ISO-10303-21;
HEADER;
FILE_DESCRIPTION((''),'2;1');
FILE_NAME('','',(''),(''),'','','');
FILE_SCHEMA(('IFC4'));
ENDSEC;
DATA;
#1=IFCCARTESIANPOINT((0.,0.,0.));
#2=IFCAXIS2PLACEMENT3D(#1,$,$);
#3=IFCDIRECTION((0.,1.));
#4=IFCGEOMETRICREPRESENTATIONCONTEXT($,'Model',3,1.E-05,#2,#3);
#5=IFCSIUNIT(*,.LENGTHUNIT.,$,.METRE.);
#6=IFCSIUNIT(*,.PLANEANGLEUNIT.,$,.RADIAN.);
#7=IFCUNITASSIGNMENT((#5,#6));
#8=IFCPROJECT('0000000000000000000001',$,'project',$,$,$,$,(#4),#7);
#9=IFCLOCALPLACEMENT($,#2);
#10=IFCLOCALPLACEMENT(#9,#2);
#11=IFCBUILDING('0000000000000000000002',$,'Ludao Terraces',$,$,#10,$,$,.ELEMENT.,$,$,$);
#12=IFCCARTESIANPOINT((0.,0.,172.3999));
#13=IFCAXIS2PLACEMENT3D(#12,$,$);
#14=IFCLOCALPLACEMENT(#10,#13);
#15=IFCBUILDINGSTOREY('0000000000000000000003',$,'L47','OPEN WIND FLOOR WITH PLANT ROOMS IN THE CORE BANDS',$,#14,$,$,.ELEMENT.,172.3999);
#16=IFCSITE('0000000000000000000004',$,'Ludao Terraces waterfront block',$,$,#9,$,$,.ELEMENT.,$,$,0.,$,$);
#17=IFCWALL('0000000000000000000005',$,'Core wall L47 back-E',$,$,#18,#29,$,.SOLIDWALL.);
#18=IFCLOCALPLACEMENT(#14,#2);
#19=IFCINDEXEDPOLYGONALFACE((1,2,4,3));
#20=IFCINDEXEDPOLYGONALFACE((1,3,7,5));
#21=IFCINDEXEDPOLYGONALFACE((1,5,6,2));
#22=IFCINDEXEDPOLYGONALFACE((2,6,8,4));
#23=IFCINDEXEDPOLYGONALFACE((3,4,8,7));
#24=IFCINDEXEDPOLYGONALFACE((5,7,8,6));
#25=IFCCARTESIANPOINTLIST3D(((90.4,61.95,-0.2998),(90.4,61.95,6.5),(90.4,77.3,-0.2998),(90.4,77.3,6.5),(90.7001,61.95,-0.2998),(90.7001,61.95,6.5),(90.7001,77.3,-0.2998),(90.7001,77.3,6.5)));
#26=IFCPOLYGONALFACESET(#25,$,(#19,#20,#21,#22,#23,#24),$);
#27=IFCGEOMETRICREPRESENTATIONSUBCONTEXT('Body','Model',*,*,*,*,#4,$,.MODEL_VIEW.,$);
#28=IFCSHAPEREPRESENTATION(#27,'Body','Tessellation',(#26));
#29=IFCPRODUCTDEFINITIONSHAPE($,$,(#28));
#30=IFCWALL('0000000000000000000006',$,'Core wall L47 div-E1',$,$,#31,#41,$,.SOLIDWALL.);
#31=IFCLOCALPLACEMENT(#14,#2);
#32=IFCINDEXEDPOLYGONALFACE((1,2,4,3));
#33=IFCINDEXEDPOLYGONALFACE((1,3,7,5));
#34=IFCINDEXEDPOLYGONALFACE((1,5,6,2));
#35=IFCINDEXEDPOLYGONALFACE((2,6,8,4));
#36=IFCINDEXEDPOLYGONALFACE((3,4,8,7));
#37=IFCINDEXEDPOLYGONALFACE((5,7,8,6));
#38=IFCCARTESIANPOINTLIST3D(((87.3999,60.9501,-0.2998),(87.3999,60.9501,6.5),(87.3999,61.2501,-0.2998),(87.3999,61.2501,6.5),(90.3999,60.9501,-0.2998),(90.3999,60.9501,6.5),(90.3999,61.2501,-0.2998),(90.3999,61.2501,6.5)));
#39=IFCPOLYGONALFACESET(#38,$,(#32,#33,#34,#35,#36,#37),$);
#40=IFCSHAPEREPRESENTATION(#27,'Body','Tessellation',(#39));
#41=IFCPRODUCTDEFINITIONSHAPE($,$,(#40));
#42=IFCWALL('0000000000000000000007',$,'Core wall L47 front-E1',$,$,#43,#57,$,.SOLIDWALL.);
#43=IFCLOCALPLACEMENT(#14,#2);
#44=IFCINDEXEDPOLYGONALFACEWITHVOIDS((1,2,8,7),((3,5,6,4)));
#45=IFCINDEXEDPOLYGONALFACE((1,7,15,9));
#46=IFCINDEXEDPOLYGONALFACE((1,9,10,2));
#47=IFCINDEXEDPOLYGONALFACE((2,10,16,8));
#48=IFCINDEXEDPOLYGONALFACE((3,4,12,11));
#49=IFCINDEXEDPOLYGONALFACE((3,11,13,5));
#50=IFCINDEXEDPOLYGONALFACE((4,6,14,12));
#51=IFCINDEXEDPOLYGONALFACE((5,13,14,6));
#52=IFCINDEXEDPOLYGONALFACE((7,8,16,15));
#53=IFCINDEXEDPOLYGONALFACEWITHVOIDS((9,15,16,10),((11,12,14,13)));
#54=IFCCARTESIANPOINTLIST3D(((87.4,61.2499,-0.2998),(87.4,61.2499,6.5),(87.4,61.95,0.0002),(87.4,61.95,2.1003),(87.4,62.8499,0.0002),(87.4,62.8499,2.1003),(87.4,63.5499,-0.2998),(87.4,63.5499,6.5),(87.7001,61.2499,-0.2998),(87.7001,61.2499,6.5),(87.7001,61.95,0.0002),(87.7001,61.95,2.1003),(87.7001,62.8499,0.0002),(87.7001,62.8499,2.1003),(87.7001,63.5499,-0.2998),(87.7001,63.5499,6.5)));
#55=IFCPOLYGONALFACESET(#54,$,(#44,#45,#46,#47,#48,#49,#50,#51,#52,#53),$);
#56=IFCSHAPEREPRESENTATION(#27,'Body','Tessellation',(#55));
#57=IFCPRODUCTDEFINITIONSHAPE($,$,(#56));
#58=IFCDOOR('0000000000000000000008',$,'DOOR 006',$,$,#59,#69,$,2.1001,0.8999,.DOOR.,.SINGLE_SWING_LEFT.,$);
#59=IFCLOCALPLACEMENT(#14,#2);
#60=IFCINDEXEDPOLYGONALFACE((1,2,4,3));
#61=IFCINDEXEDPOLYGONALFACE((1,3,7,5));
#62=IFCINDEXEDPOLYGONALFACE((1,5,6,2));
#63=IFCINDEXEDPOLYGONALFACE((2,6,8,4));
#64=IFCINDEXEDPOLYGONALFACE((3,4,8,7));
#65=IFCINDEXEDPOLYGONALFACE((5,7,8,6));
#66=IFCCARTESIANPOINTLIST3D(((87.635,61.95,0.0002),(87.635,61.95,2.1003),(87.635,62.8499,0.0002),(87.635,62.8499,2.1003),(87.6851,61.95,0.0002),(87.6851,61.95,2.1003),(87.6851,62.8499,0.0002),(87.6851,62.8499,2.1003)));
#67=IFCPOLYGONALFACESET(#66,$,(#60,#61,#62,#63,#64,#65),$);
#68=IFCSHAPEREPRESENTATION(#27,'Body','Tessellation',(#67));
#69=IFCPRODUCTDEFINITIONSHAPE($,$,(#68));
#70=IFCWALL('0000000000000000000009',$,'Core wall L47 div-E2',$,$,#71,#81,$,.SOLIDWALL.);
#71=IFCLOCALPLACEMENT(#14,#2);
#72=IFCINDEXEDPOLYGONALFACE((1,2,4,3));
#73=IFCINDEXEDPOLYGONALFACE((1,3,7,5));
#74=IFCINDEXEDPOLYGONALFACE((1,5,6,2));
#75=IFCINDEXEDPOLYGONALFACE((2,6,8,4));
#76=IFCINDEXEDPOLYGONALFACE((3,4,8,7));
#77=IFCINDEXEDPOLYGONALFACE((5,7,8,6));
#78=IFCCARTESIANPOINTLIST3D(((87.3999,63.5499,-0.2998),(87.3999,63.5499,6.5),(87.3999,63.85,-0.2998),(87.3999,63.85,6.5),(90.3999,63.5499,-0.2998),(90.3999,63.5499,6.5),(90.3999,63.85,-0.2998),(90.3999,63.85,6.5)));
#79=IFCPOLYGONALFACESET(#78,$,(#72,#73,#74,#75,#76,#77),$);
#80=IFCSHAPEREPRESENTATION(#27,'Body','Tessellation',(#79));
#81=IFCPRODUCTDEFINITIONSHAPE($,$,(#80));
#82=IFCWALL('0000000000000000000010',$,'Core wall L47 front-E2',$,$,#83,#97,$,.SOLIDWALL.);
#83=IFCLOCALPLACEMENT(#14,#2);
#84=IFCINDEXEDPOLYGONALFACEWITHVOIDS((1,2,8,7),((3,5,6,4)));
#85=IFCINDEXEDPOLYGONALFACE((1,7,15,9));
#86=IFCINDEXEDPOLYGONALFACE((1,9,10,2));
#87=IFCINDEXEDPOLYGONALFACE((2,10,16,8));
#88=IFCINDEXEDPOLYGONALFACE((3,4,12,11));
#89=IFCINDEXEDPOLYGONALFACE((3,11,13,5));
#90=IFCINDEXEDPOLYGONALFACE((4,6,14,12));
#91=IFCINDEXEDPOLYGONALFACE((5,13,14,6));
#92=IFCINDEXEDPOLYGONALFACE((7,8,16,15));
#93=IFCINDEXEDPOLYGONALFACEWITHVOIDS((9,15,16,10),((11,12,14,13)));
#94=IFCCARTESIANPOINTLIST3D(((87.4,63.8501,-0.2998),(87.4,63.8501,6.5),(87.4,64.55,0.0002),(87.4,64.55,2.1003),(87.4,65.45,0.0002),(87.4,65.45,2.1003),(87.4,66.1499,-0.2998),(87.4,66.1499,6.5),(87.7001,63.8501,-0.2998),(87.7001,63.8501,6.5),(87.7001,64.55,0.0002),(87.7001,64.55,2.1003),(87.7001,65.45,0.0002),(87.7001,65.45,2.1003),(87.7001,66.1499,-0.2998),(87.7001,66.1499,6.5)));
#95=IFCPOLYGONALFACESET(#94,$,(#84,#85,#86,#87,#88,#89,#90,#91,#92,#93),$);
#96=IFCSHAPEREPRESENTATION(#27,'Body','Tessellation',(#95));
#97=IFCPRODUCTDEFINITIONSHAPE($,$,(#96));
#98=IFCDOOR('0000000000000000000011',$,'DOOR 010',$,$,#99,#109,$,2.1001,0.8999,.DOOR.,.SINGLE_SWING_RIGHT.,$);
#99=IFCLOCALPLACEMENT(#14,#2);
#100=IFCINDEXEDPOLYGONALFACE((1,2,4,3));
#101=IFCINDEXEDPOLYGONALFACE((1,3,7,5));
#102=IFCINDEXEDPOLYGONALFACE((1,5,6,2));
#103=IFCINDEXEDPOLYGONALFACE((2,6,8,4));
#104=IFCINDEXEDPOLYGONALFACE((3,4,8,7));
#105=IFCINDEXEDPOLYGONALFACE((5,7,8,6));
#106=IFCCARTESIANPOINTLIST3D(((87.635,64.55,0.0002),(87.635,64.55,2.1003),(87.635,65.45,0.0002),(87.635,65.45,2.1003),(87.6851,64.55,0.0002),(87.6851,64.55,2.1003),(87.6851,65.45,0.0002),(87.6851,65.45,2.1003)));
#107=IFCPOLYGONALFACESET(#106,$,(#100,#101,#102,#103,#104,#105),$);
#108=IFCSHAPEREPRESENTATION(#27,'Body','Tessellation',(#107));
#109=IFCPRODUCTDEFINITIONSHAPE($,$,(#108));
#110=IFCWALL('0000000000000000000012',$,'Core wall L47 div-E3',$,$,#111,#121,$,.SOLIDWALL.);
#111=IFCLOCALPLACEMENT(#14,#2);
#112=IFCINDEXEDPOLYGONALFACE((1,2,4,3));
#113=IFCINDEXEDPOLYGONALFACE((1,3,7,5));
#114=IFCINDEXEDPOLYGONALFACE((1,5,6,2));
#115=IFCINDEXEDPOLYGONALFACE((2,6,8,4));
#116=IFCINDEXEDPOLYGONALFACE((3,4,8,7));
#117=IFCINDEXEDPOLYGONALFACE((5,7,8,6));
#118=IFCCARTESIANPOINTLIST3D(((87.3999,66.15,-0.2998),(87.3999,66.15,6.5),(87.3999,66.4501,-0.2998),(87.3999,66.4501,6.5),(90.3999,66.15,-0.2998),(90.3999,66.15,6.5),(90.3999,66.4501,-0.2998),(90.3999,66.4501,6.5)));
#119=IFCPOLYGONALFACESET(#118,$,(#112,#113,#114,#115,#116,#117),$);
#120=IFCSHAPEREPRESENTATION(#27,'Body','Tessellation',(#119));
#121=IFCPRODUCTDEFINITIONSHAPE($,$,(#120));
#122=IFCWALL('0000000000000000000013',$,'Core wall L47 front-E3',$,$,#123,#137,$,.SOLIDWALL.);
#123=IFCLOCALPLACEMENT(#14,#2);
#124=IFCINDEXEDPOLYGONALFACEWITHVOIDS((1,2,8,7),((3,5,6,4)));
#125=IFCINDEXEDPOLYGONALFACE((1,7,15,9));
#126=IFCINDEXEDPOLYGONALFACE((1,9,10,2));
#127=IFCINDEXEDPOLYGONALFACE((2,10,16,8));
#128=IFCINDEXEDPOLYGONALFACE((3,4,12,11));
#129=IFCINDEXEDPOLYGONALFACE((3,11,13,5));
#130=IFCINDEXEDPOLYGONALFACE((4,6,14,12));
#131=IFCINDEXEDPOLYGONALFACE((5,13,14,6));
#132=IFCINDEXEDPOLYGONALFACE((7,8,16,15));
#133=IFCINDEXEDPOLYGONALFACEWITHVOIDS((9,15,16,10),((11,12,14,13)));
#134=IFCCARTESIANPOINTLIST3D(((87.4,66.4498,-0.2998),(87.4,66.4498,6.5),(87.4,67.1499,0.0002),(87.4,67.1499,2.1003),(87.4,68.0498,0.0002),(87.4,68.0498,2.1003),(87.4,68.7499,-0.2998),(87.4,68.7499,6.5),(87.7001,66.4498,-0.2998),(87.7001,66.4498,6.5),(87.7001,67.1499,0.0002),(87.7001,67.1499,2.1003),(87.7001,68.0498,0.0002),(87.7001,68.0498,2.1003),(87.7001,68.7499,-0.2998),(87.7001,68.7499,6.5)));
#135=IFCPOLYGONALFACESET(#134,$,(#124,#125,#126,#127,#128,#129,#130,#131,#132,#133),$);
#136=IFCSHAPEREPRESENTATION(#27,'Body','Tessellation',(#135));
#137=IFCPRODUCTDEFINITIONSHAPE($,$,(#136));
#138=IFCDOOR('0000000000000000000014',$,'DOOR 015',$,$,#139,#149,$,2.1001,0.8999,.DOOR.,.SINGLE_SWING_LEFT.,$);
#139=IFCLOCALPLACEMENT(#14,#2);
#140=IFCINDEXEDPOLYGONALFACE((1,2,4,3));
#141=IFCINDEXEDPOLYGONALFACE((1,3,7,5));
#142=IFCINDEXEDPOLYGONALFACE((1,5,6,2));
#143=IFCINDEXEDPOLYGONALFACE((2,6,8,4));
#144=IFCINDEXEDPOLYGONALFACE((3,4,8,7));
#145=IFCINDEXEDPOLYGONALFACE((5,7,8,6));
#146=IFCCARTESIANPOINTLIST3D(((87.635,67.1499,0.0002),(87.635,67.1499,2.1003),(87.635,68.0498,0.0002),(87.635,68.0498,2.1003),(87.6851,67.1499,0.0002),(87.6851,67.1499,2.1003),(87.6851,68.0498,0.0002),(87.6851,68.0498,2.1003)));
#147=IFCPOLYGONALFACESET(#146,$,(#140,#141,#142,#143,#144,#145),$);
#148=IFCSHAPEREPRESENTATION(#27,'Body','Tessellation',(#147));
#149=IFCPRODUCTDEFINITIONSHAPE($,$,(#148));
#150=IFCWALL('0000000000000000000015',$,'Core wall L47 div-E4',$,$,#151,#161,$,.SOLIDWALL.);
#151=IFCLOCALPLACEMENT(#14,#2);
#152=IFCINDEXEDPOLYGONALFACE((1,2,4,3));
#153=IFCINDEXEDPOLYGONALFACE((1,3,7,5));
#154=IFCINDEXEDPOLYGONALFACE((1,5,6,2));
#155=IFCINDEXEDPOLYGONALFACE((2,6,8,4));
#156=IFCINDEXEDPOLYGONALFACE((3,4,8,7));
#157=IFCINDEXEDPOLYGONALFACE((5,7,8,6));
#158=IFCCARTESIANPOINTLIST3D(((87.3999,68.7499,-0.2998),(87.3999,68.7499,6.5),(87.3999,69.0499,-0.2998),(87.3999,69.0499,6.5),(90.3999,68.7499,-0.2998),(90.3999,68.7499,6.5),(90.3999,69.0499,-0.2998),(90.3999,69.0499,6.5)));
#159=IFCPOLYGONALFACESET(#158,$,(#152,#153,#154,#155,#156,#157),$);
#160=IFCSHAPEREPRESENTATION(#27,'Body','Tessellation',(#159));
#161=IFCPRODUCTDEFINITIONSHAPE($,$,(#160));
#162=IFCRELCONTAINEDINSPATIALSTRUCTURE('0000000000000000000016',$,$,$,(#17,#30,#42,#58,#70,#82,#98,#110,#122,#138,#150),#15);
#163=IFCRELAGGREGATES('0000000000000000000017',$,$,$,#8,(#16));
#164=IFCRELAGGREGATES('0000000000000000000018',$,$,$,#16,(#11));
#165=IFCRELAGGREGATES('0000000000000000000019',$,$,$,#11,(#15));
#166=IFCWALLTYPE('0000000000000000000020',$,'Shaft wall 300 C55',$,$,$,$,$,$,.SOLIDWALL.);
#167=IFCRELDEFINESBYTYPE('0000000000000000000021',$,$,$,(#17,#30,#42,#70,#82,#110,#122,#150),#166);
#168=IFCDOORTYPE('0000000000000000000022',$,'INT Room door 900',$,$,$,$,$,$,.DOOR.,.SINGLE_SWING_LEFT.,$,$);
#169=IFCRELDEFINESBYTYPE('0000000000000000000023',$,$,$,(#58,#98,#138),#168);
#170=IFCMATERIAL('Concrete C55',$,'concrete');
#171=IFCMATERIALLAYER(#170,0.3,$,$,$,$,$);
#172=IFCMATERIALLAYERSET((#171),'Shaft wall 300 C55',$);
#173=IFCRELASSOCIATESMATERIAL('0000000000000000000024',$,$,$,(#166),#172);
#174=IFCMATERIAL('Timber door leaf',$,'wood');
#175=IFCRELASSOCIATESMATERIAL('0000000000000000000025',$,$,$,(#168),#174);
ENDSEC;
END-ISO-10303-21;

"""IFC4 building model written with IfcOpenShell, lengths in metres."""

from ifc_helpers import new_model, si_unit, direction, frame, frame_2d, origin, place, context, subcontext, project, spatial, rectangle, extrude, material, layer, layer_set, type_object, element, fill, save


model = new_model("IFC4")

# Units and contexts
model_context = context("Model", 3, precision=1e-05, world=origin(), true_north=direction((0.0, 1.0)))
body_context = subcontext(model_context, "Body", "Model", "MODEL_VIEW")
ifc_project = project(units=[si_unit("LENGTHUNIT", "METRE"), si_unit("PLANEANGLEUNIT", "RADIAN")], contexts=[model_context])

# Site, building, storey
site_placement = place(None, origin())
site = spatial("IfcSite", under=ifc_project, at=site_placement, Name="Ludao Terraces waterfront block", CompositionType="ELEMENT", RefElevation=0.0)
building_placement = place(site_placement, origin())
building = spatial("IfcBuilding", under=site, at=building_placement, Name="Ludao Terraces", CompositionType="ELEMENT")
storey_placement = place(building_placement, frame((0.0, 0.0, 172.3999)))
storey = spatial("IfcBuildingStorey", under=building, at=storey_placement, Name="L47", Description="OPEN WIND FLOOR WITH PLANT ROOMS IN THE CORE BANDS", CompositionType="ELEMENT", Elevation=172.3999)

# Walls
ifc_material_1 = material(Name="Concrete C55", Category="concrete")
ifc_layer_1 = layer(ifc_material_1, 0.3)
ifc_layer_set_1 = layer_set([ifc_layer_1], Name="Shaft wall 300 C55")
wall_type_1 = type_object("IfcWallType", Name="Shaft wall 300 C55", PredefinedType="SOLIDWALL", material=ifc_layer_set_1)
wall_1_placement = place(storey_placement, frame((90.55, 61.95, -0.2998), z_axis=(0.0, 0.0, 1.0), x_axis=(0.0, 1.0, 0.0)))
element("IfcWall", 1, at=wall_1_placement, inside=storey, type_object=wall_type_1, Name="Core wall L47 back-E", PredefinedType="SOLIDWALL", context=body_context, shape_type="SweptSolid", body=[
    extrude(rectangle(XDim=15.3501, YDim=0.3, at=frame_2d((7.675, 0.0))), origin(), (0.0, 0.0, 1.0), 6.7998),
])
wall_2_placement = place(storey_placement, frame((87.3999, 61.1001, -0.2998), z_axis=(0.0, 0.0, 1.0), x_axis=(1.0, 0.0, 0.0)))
element("IfcWall", 2, at=wall_2_placement, inside=storey, type_object=wall_type_1, Name="Core wall L47 div-E1", PredefinedType="SOLIDWALL", context=body_context, shape_type="SweptSolid", body=[
    extrude(rectangle(XDim=3.0, YDim=0.3, at=frame_2d((1.5, 0.0))), origin(), (0.0, 0.0, 1.0), 6.7998),
])

# Wall, opening, door
wall_3_placement = place(storey_placement, frame((87.55, 61.25, -0.2998), z_axis=(0.0, 0.0, 1.0), x_axis=(0.0, 1.0, 0.0)))
wall_3 = element("IfcWall", 3, at=wall_3_placement, inside=storey, type_object=wall_type_1, Name="Core wall L47 front-E1", PredefinedType="SOLIDWALL", context=body_context, shape_type="SweptSolid", body=[
    extrude(rectangle(XDim=2.3, YDim=0.3, at=frame_2d((1.1499, 0.0))), origin(), (0.0, 0.0, 1.0), 6.7998),
])
opening_1_placement = place(wall_3_placement, frame((0.7, 0.0, 0.3)))
opening_1 = element("IfcOpeningElement", 4, at=opening_1_placement, cuts=wall_3, PredefinedType="OPENING", context=body_context, shape_type="SweptSolid", body=[
    extrude(rectangle(XDim=0.8999, YDim=2.1001, at=frame_2d((0.45, 1.05))), frame((0.0, 0.1602, 0.0), z_axis=(0.0, -1.0, 0.0), x_axis=(1.0, 0.0, 0.0)), (0.0, 0.0, 1.0), 0.3201),
])
ifc_material_2 = material(Name="Timber door leaf", Category="wood")
door_type = type_object("IfcDoorType", Name="INT Room door 900", OperationType="SINGLE_SWING_LEFT", PredefinedType="DOOR", material=ifc_material_2)
door_1_placement = place(opening_1_placement, origin())
door_1 = element("IfcDoor", 5, at=door_1_placement, inside=storey, type_object=door_type, Name="DOOR 006", OperationType="SINGLE_SWING_LEFT", OverallHeight=2.1001, OverallWidth=0.8999, PredefinedType="DOOR", context=body_context, shape_type="SweptSolid", body=[
    extrude(rectangle(XDim=0.8999, YDim=2.1001, at=frame_2d((0.45, 1.05))), frame((0.0, -0.085, 0.0), z_axis=(0.0, -1.0, 0.0), x_axis=(1.0, 0.0, 0.0)), (0.0, 0.0, 1.0), 0.05),
])
fill(opening_1, door_1)

# Wall
wall_4_placement = place(storey_placement, frame((87.3999, 63.7, -0.2998), z_axis=(0.0, 0.0, 1.0), x_axis=(1.0, 0.0, 0.0)))
element("IfcWall", 6, at=wall_4_placement, inside=storey, type_object=wall_type_1, Name="Core wall L47 div-E2", PredefinedType="SOLIDWALL", context=body_context, shape_type="SweptSolid", body=[
    extrude(rectangle(XDim=3.0, YDim=0.3, at=frame_2d((1.5, 0.0))), origin(), (0.0, 0.0, 1.0), 6.7998),
])

# Wall, opening, door
wall_5_placement = place(storey_placement, frame((87.55, 63.8501, -0.2998), z_axis=(0.0, 0.0, 1.0), x_axis=(0.0, 1.0, 0.0)))
wall_5 = element("IfcWall", 7, at=wall_5_placement, inside=storey, type_object=wall_type_1, Name="Core wall L47 front-E2", PredefinedType="SOLIDWALL", context=body_context, shape_type="SweptSolid", body=[
    extrude(rectangle(XDim=2.2998, YDim=0.3, at=frame_2d((1.1499, 0.0))), origin(), (0.0, 0.0, 1.0), 6.7998),
])
opening_2_placement = place(wall_5_placement, frame((0.7, 0.0, 0.3)))
opening_2 = element("IfcOpeningElement", 8, at=opening_2_placement, cuts=wall_5, PredefinedType="OPENING", context=body_context, shape_type="SweptSolid", body=[
    extrude(rectangle(XDim=0.8999, YDim=2.1001, at=frame_2d((0.45, 1.05))), frame((0.0, 0.1602, 0.0), z_axis=(0.0, -1.0, 0.0), x_axis=(1.0, 0.0, 0.0)), (0.0, 0.0, 1.0), 0.3201),
])
door_2_placement = place(opening_2_placement, origin())
door_2 = element("IfcDoor", 9, at=door_2_placement, inside=storey, type_object=door_type, Name="DOOR 010", OperationType="SINGLE_SWING_RIGHT", OverallHeight=2.1001, OverallWidth=0.8999, PredefinedType="DOOR", context=body_context, shape_type="SweptSolid", body=[
    extrude(rectangle(XDim=0.8999, YDim=2.1001, at=frame_2d((0.45, 1.05))), frame((0.0, -0.085, 0.0), z_axis=(0.0, -1.0, 0.0), x_axis=(1.0, 0.0, 0.0)), (0.0, 0.0, 1.0), 0.05),
])
fill(opening_2, door_2)

# Wall
wall_6_placement = place(storey_placement, frame((87.3999, 66.3, -0.2998), z_axis=(0.0, 0.0, 1.0), x_axis=(1.0, 0.0, 0.0)))
element("IfcWall", 10, at=wall_6_placement, inside=storey, type_object=wall_type_1, Name="Core wall L47 div-E3", PredefinedType="SOLIDWALL", context=body_context, shape_type="SweptSolid", body=[
    extrude(rectangle(XDim=3.0, YDim=0.3, at=frame_2d((1.5, 0.0))), origin(), (0.0, 0.0, 1.0), 6.7998),
])

# Wall, opening, door
wall_7_placement = place(storey_placement, frame((87.55, 66.45, -0.2998), z_axis=(0.0, 0.0, 1.0), x_axis=(0.0, 1.0, 0.0)))
wall_7 = element("IfcWall", 11, at=wall_7_placement, inside=storey, type_object=wall_type_1, Name="Core wall L47 front-E3", PredefinedType="SOLIDWALL", context=body_context, shape_type="SweptSolid", body=[
    extrude(rectangle(XDim=2.3, YDim=0.3, at=frame_2d((1.1499, 0.0))), origin(), (0.0, 0.0, 1.0), 6.7998),
])
opening_3_placement = place(wall_7_placement, frame((0.7, 0.0, 0.3)))
opening_3 = element("IfcOpeningElement", 12, at=opening_3_placement, cuts=wall_7, PredefinedType="OPENING", context=body_context, shape_type="SweptSolid", body=[
    extrude(rectangle(XDim=0.8999, YDim=2.1001, at=frame_2d((0.45, 1.05))), frame((0.0, 0.1602, 0.0), z_axis=(0.0, -1.0, 0.0), x_axis=(1.0, 0.0, 0.0)), (0.0, 0.0, 1.0), 0.3201),
])
door_3_placement = place(opening_3_placement, origin())
door_3 = element("IfcDoor", 13, at=door_3_placement, inside=storey, type_object=door_type, Name="DOOR 015", OperationType="SINGLE_SWING_LEFT", OverallHeight=2.1001, OverallWidth=0.8999, PredefinedType="DOOR", context=body_context, shape_type="SweptSolid", body=[
    extrude(rectangle(XDim=0.8999, YDim=2.1001, at=frame_2d((0.45, 1.05))), frame((0.0, -0.085, 0.0), z_axis=(0.0, -1.0, 0.0), x_axis=(1.0, 0.0, 0.0)), (0.0, 0.0, 1.0), 0.05),
])
fill(opening_3, door_3)

# Wall
wall_8_placement = place(storey_placement, frame((87.3999, 68.8999, -0.2998), z_axis=(0.0, 0.0, 1.0), x_axis=(1.0, 0.0, 0.0)))
element("IfcWall", 14, at=wall_8_placement, inside=storey, type_object=wall_type_1, Name="Core wall L47 div-E4", PredefinedType="SOLIDWALL", context=body_context, shape_type="SweptSolid", body=[
    extrude(rectangle(XDim=3.0, YDim=0.3, at=frame_2d((1.5, 0.0))), origin(), (0.0, 0.0, 1.0), 6.7998),
])

save(model, "model.ifc")
